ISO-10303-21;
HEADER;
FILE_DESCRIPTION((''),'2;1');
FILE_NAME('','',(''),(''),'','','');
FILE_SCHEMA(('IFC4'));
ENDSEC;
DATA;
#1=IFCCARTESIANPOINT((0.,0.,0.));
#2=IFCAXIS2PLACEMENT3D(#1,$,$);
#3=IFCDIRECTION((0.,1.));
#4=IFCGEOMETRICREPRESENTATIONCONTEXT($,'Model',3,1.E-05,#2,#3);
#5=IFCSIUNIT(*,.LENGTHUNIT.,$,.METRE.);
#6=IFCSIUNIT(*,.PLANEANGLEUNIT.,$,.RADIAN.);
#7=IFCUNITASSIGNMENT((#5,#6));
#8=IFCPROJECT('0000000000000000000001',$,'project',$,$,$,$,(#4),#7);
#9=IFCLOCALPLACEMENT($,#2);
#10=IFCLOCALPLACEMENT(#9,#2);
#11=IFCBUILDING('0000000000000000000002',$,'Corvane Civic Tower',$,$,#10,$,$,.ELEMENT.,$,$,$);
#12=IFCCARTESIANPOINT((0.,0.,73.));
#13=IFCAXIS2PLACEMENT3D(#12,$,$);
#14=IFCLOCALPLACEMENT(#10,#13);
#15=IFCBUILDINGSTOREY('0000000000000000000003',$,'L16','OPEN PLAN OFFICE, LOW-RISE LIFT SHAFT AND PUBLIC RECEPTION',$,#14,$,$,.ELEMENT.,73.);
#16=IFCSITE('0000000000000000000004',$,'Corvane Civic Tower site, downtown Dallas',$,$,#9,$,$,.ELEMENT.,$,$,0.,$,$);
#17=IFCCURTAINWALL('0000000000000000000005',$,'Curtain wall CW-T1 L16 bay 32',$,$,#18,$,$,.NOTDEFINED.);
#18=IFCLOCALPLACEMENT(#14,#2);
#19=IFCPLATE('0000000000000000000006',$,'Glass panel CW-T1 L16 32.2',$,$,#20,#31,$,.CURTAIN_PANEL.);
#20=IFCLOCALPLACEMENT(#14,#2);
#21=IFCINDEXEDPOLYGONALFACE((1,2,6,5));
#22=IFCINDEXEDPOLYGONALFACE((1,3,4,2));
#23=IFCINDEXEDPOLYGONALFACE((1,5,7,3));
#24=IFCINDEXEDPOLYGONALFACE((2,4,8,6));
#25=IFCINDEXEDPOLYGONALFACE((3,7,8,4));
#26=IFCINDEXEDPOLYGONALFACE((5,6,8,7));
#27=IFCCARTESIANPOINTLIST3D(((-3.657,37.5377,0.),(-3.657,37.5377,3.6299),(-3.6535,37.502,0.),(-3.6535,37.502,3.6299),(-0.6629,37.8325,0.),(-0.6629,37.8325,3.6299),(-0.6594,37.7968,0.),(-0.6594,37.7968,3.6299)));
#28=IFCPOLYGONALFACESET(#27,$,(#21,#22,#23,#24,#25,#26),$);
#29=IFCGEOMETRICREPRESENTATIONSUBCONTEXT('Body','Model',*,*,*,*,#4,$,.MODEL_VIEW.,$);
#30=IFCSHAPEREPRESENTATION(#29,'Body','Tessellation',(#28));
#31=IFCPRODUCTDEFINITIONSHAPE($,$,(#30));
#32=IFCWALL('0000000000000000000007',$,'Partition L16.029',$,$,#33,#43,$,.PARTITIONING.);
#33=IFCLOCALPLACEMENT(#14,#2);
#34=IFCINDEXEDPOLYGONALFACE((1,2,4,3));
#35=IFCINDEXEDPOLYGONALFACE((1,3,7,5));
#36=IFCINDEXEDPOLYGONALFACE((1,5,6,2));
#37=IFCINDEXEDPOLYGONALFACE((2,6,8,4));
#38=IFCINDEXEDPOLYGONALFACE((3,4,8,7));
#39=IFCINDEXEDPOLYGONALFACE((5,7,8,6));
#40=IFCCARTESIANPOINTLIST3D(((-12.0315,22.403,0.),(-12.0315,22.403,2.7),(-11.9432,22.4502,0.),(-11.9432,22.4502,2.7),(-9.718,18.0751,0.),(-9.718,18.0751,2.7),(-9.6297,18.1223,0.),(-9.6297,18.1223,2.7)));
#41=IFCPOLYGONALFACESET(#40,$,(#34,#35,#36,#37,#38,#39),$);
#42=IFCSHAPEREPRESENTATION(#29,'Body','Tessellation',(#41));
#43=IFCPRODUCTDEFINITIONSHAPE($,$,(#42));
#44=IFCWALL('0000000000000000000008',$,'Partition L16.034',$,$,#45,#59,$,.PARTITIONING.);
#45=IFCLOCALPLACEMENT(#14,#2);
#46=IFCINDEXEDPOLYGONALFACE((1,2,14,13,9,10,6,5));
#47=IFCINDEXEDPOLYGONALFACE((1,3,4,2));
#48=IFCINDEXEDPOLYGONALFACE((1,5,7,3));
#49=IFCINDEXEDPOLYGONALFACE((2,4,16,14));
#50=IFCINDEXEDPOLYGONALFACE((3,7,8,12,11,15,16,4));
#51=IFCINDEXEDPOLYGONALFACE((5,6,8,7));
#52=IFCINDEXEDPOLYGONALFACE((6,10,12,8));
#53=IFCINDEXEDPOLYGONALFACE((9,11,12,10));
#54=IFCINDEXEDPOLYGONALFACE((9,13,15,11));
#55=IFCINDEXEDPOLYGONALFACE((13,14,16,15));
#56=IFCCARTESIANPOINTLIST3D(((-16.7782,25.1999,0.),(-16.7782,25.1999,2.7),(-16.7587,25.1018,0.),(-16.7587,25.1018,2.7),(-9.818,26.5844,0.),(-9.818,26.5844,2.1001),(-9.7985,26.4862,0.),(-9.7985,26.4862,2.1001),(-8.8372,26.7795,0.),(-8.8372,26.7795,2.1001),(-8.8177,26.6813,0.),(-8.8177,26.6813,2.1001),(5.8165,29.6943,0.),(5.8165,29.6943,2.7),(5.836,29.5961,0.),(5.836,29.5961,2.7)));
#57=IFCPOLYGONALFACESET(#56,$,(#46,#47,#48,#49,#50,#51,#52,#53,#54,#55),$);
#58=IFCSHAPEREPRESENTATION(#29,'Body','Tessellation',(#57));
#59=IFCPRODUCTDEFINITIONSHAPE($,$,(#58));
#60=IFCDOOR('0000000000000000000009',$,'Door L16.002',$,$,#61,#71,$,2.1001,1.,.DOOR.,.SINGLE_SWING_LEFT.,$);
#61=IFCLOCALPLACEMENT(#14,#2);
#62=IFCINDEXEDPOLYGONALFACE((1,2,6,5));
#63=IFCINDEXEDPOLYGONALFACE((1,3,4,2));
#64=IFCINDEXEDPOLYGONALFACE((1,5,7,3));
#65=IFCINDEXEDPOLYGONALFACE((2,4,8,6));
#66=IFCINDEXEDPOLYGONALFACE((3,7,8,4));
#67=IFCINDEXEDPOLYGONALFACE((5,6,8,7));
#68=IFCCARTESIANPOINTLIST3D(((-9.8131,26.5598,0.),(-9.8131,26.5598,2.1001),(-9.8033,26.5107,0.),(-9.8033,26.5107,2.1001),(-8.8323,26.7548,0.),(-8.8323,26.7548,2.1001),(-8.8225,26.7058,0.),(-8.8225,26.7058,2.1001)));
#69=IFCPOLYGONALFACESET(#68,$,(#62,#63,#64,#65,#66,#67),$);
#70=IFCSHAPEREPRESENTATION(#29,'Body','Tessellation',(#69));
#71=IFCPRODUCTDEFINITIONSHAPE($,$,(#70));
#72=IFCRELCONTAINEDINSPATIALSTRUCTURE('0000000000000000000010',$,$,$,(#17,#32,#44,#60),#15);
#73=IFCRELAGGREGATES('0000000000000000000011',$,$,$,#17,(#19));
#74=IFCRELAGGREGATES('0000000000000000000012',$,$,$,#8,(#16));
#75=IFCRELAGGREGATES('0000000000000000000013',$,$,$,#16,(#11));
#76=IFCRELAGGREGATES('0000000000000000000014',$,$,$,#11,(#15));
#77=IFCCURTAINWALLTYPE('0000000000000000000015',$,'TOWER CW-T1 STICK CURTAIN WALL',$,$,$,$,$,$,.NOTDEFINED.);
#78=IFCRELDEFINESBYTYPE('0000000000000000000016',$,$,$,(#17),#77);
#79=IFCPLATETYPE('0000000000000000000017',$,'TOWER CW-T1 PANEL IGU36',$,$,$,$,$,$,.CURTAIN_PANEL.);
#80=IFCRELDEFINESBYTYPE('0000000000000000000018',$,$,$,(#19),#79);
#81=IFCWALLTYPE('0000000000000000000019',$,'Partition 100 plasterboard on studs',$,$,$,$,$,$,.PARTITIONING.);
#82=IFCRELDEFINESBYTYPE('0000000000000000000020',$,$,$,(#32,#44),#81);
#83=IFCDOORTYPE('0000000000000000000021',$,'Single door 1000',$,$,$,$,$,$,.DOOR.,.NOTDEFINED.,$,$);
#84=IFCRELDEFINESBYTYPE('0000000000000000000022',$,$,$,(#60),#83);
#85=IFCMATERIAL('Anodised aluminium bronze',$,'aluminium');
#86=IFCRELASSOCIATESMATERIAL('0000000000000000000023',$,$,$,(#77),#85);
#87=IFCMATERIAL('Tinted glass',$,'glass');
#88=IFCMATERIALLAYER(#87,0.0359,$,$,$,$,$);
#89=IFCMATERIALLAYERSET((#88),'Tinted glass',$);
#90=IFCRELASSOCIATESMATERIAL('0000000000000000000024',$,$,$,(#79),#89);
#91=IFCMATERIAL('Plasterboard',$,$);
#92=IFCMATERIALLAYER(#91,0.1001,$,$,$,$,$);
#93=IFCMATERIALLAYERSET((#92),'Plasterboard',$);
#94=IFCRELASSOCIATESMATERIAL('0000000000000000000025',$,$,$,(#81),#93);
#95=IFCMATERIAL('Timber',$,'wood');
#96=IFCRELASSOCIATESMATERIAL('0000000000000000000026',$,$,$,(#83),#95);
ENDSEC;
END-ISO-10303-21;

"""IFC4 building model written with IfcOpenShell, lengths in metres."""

from ifc_helpers import new_model, si_unit, direction, frame, frame_2d, origin, origin_2d, place, context, subcontext, project, spatial, rectangle, extrude, material, layer, layer_set, type_object, element, fill, aggregate, save


model = new_model("IFC4")

# Units and contexts
model_context = context("Model", 3, precision=1e-05, world=origin(), true_north=direction((0.0, 1.0)))
body_context = subcontext(model_context, "Body", "Model", "MODEL_VIEW")
ifc_project = project(units=[si_unit("LENGTHUNIT", "METRE"), si_unit("PLANEANGLEUNIT", "RADIAN")], contexts=[model_context])

# Site, building, storey
site_placement = place(None, origin())
site = spatial("IfcSite", under=ifc_project, at=site_placement, Name="Corvane Civic Tower site, downtown Dallas", CompositionType="ELEMENT", RefElevation=0.0)
building_placement = place(site_placement, origin())
building = spatial("IfcBuilding", under=site, at=building_placement, Name="Corvane Civic Tower", CompositionType="ELEMENT")
storey_placement = place(building_placement, frame((0.0, 0.0, 73.0)))
storey = spatial("IfcBuildingStorey", under=building, at=storey_placement, Name="L16", Description="OPEN PLAN OFFICE, LOW-RISE LIFT SHAFT AND PUBLIC RECEPTION", CompositionType="ELEMENT", Elevation=73.0)

# Shared definitions
ifc_material_1 = material(Name="Anodised aluminium bronze", Category="aluminium")
curtain_wall_type = type_object("IfcCurtainWallType", Name="TOWER CW-T1 STICK CURTAIN WALL", PredefinedType="NOTDEFINED", material=ifc_material_1)

# Curtain wall
curtain_wall_1_placement = place(storey_placement, origin())
curtain_wall_1 = element("IfcCurtainWall", 1, at=curtain_wall_1_placement, inside=storey, type_object=curtain_wall_type, Name="Curtain wall CW-T1 L16 bay 32", PredefinedType="NOTDEFINED")

# Plate
ifc_material_2 = material(Name="Tinted glass", Category="glass")
ifc_layer_1 = layer(ifc_material_2, 0.0359)
ifc_layer_set_1 = layer_set([ifc_layer_1], Name="Tinted glass")
plate_type = type_object("IfcPlateType", Name="TOWER CW-T1 PANEL IGU36", PredefinedType="CURTAIN_PANEL", material=ifc_layer_set_1)
plate_1_placement = place(storey_placement, frame((-2.1582, 37.6672, 0.0), z_axis=(0.0, 0.0, 1.0), x_axis=(0.995186, 0.098006, 0.0)))
plate_1 = element("IfcPlate", 2, at=plate_1_placement, type_object=plate_type, Name="Glass panel CW-T1 L16 32.2", PredefinedType="CURTAIN_PANEL", context=body_context, shape_type="SweptSolid", body=[
    extrude(rectangle(XDim=3.0085, YDim=0.0359, at=origin_2d()), origin(), (0.0, 0.0, 1.0), 3.6299),
])
aggregate(curtain_wall_1, [plate_1])

# Wall
ifc_material_3 = material(Name="Plasterboard")
ifc_layer_2 = layer(ifc_material_3, 0.1001)
ifc_layer_set_2 = layer_set([ifc_layer_2], Name="Plasterboard")
wall_type = type_object("IfcWallType", Name="Partition 100 plasterboard on studs", PredefinedType="PARTITIONING", material=ifc_layer_set_2)
wall_1_placement = place(storey_placement, frame((-11.9873, 22.4265, 0.0), z_axis=(0.0, 0.0, 1.0), x_axis=(0.471425, -0.881906, 0.0)))
element("IfcWall", 3, at=wall_1_placement, inside=storey, type_object=wall_type, Name="Partition L16.029", PredefinedType="PARTITIONING", context=body_context, shape_type="SweptSolid", body=[
    extrude(rectangle(XDim=4.9075, YDim=0.1001, at=frame_2d((2.4536, 0.0))), origin(), (0.0, 0.0, 1.0), 2.7),
])

# Wall, opening, door
wall_2_placement = place(storey_placement, frame((-16.7683, 25.1509, 0.0), z_axis=(0.0, 0.0, 1.0), x_axis=(0.980785, 0.195091, 0.0)))
wall_2 = element("IfcWall", 4, at=wall_2_placement, inside=storey, type_object=wall_type, Name="Partition L16.034", PredefinedType="PARTITIONING", context=body_context, shape_type="SweptSolid", body=[
    extrude(rectangle(XDim=23.0374, YDim=0.1001, at=frame_2d((11.5186, 0.0))), origin(), (0.0, 0.0, 1.0), 2.7),
])
opening_placement = place(wall_2_placement, frame((7.0964, 0.0, 0.0)))
opening = element("IfcOpeningElement", 5, at=opening_placement, cuts=wall_2, PredefinedType="OPENING", context=body_context, shape_type="SweptSolid", body=[
    extrude(rectangle(XDim=1.0, YDim=2.1001, at=frame_2d((0.5, 1.05))), frame((0.0, 0.0601, 0.0), z_axis=(0.0, -1.0, 0.0), x_axis=(1.0, 0.0, 0.0)), (0.0, 0.0, 1.0), 0.1201),
])
ifc_material_4 = material(Name="Timber", Category="wood")
door_type = type_object("IfcDoorType", Name="Single door 1000", OperationType="NOTDEFINED", PredefinedType="DOOR", material=ifc_material_4)
door_placement = place(opening_placement, origin())
door = element("IfcDoor", 6, at=door_placement, inside=storey, type_object=door_type, Name="Door L16.002", OperationType="SINGLE_SWING_LEFT", OverallHeight=2.1001, OverallWidth=1.0, PredefinedType="DOOR", context=body_context, shape_type="SweptSolid", body=[
    extrude(rectangle(XDim=1.0, YDim=2.1001, at=frame_2d((0.5, 1.05))), frame((0.0, 0.0249, 0.0), z_axis=(0.0, -1.0, 0.0), x_axis=(1.0, 0.0, 0.0)), (0.0, 0.0, 1.0), 0.05),
])
fill(opening, door)

save(model, "model.ifc")
